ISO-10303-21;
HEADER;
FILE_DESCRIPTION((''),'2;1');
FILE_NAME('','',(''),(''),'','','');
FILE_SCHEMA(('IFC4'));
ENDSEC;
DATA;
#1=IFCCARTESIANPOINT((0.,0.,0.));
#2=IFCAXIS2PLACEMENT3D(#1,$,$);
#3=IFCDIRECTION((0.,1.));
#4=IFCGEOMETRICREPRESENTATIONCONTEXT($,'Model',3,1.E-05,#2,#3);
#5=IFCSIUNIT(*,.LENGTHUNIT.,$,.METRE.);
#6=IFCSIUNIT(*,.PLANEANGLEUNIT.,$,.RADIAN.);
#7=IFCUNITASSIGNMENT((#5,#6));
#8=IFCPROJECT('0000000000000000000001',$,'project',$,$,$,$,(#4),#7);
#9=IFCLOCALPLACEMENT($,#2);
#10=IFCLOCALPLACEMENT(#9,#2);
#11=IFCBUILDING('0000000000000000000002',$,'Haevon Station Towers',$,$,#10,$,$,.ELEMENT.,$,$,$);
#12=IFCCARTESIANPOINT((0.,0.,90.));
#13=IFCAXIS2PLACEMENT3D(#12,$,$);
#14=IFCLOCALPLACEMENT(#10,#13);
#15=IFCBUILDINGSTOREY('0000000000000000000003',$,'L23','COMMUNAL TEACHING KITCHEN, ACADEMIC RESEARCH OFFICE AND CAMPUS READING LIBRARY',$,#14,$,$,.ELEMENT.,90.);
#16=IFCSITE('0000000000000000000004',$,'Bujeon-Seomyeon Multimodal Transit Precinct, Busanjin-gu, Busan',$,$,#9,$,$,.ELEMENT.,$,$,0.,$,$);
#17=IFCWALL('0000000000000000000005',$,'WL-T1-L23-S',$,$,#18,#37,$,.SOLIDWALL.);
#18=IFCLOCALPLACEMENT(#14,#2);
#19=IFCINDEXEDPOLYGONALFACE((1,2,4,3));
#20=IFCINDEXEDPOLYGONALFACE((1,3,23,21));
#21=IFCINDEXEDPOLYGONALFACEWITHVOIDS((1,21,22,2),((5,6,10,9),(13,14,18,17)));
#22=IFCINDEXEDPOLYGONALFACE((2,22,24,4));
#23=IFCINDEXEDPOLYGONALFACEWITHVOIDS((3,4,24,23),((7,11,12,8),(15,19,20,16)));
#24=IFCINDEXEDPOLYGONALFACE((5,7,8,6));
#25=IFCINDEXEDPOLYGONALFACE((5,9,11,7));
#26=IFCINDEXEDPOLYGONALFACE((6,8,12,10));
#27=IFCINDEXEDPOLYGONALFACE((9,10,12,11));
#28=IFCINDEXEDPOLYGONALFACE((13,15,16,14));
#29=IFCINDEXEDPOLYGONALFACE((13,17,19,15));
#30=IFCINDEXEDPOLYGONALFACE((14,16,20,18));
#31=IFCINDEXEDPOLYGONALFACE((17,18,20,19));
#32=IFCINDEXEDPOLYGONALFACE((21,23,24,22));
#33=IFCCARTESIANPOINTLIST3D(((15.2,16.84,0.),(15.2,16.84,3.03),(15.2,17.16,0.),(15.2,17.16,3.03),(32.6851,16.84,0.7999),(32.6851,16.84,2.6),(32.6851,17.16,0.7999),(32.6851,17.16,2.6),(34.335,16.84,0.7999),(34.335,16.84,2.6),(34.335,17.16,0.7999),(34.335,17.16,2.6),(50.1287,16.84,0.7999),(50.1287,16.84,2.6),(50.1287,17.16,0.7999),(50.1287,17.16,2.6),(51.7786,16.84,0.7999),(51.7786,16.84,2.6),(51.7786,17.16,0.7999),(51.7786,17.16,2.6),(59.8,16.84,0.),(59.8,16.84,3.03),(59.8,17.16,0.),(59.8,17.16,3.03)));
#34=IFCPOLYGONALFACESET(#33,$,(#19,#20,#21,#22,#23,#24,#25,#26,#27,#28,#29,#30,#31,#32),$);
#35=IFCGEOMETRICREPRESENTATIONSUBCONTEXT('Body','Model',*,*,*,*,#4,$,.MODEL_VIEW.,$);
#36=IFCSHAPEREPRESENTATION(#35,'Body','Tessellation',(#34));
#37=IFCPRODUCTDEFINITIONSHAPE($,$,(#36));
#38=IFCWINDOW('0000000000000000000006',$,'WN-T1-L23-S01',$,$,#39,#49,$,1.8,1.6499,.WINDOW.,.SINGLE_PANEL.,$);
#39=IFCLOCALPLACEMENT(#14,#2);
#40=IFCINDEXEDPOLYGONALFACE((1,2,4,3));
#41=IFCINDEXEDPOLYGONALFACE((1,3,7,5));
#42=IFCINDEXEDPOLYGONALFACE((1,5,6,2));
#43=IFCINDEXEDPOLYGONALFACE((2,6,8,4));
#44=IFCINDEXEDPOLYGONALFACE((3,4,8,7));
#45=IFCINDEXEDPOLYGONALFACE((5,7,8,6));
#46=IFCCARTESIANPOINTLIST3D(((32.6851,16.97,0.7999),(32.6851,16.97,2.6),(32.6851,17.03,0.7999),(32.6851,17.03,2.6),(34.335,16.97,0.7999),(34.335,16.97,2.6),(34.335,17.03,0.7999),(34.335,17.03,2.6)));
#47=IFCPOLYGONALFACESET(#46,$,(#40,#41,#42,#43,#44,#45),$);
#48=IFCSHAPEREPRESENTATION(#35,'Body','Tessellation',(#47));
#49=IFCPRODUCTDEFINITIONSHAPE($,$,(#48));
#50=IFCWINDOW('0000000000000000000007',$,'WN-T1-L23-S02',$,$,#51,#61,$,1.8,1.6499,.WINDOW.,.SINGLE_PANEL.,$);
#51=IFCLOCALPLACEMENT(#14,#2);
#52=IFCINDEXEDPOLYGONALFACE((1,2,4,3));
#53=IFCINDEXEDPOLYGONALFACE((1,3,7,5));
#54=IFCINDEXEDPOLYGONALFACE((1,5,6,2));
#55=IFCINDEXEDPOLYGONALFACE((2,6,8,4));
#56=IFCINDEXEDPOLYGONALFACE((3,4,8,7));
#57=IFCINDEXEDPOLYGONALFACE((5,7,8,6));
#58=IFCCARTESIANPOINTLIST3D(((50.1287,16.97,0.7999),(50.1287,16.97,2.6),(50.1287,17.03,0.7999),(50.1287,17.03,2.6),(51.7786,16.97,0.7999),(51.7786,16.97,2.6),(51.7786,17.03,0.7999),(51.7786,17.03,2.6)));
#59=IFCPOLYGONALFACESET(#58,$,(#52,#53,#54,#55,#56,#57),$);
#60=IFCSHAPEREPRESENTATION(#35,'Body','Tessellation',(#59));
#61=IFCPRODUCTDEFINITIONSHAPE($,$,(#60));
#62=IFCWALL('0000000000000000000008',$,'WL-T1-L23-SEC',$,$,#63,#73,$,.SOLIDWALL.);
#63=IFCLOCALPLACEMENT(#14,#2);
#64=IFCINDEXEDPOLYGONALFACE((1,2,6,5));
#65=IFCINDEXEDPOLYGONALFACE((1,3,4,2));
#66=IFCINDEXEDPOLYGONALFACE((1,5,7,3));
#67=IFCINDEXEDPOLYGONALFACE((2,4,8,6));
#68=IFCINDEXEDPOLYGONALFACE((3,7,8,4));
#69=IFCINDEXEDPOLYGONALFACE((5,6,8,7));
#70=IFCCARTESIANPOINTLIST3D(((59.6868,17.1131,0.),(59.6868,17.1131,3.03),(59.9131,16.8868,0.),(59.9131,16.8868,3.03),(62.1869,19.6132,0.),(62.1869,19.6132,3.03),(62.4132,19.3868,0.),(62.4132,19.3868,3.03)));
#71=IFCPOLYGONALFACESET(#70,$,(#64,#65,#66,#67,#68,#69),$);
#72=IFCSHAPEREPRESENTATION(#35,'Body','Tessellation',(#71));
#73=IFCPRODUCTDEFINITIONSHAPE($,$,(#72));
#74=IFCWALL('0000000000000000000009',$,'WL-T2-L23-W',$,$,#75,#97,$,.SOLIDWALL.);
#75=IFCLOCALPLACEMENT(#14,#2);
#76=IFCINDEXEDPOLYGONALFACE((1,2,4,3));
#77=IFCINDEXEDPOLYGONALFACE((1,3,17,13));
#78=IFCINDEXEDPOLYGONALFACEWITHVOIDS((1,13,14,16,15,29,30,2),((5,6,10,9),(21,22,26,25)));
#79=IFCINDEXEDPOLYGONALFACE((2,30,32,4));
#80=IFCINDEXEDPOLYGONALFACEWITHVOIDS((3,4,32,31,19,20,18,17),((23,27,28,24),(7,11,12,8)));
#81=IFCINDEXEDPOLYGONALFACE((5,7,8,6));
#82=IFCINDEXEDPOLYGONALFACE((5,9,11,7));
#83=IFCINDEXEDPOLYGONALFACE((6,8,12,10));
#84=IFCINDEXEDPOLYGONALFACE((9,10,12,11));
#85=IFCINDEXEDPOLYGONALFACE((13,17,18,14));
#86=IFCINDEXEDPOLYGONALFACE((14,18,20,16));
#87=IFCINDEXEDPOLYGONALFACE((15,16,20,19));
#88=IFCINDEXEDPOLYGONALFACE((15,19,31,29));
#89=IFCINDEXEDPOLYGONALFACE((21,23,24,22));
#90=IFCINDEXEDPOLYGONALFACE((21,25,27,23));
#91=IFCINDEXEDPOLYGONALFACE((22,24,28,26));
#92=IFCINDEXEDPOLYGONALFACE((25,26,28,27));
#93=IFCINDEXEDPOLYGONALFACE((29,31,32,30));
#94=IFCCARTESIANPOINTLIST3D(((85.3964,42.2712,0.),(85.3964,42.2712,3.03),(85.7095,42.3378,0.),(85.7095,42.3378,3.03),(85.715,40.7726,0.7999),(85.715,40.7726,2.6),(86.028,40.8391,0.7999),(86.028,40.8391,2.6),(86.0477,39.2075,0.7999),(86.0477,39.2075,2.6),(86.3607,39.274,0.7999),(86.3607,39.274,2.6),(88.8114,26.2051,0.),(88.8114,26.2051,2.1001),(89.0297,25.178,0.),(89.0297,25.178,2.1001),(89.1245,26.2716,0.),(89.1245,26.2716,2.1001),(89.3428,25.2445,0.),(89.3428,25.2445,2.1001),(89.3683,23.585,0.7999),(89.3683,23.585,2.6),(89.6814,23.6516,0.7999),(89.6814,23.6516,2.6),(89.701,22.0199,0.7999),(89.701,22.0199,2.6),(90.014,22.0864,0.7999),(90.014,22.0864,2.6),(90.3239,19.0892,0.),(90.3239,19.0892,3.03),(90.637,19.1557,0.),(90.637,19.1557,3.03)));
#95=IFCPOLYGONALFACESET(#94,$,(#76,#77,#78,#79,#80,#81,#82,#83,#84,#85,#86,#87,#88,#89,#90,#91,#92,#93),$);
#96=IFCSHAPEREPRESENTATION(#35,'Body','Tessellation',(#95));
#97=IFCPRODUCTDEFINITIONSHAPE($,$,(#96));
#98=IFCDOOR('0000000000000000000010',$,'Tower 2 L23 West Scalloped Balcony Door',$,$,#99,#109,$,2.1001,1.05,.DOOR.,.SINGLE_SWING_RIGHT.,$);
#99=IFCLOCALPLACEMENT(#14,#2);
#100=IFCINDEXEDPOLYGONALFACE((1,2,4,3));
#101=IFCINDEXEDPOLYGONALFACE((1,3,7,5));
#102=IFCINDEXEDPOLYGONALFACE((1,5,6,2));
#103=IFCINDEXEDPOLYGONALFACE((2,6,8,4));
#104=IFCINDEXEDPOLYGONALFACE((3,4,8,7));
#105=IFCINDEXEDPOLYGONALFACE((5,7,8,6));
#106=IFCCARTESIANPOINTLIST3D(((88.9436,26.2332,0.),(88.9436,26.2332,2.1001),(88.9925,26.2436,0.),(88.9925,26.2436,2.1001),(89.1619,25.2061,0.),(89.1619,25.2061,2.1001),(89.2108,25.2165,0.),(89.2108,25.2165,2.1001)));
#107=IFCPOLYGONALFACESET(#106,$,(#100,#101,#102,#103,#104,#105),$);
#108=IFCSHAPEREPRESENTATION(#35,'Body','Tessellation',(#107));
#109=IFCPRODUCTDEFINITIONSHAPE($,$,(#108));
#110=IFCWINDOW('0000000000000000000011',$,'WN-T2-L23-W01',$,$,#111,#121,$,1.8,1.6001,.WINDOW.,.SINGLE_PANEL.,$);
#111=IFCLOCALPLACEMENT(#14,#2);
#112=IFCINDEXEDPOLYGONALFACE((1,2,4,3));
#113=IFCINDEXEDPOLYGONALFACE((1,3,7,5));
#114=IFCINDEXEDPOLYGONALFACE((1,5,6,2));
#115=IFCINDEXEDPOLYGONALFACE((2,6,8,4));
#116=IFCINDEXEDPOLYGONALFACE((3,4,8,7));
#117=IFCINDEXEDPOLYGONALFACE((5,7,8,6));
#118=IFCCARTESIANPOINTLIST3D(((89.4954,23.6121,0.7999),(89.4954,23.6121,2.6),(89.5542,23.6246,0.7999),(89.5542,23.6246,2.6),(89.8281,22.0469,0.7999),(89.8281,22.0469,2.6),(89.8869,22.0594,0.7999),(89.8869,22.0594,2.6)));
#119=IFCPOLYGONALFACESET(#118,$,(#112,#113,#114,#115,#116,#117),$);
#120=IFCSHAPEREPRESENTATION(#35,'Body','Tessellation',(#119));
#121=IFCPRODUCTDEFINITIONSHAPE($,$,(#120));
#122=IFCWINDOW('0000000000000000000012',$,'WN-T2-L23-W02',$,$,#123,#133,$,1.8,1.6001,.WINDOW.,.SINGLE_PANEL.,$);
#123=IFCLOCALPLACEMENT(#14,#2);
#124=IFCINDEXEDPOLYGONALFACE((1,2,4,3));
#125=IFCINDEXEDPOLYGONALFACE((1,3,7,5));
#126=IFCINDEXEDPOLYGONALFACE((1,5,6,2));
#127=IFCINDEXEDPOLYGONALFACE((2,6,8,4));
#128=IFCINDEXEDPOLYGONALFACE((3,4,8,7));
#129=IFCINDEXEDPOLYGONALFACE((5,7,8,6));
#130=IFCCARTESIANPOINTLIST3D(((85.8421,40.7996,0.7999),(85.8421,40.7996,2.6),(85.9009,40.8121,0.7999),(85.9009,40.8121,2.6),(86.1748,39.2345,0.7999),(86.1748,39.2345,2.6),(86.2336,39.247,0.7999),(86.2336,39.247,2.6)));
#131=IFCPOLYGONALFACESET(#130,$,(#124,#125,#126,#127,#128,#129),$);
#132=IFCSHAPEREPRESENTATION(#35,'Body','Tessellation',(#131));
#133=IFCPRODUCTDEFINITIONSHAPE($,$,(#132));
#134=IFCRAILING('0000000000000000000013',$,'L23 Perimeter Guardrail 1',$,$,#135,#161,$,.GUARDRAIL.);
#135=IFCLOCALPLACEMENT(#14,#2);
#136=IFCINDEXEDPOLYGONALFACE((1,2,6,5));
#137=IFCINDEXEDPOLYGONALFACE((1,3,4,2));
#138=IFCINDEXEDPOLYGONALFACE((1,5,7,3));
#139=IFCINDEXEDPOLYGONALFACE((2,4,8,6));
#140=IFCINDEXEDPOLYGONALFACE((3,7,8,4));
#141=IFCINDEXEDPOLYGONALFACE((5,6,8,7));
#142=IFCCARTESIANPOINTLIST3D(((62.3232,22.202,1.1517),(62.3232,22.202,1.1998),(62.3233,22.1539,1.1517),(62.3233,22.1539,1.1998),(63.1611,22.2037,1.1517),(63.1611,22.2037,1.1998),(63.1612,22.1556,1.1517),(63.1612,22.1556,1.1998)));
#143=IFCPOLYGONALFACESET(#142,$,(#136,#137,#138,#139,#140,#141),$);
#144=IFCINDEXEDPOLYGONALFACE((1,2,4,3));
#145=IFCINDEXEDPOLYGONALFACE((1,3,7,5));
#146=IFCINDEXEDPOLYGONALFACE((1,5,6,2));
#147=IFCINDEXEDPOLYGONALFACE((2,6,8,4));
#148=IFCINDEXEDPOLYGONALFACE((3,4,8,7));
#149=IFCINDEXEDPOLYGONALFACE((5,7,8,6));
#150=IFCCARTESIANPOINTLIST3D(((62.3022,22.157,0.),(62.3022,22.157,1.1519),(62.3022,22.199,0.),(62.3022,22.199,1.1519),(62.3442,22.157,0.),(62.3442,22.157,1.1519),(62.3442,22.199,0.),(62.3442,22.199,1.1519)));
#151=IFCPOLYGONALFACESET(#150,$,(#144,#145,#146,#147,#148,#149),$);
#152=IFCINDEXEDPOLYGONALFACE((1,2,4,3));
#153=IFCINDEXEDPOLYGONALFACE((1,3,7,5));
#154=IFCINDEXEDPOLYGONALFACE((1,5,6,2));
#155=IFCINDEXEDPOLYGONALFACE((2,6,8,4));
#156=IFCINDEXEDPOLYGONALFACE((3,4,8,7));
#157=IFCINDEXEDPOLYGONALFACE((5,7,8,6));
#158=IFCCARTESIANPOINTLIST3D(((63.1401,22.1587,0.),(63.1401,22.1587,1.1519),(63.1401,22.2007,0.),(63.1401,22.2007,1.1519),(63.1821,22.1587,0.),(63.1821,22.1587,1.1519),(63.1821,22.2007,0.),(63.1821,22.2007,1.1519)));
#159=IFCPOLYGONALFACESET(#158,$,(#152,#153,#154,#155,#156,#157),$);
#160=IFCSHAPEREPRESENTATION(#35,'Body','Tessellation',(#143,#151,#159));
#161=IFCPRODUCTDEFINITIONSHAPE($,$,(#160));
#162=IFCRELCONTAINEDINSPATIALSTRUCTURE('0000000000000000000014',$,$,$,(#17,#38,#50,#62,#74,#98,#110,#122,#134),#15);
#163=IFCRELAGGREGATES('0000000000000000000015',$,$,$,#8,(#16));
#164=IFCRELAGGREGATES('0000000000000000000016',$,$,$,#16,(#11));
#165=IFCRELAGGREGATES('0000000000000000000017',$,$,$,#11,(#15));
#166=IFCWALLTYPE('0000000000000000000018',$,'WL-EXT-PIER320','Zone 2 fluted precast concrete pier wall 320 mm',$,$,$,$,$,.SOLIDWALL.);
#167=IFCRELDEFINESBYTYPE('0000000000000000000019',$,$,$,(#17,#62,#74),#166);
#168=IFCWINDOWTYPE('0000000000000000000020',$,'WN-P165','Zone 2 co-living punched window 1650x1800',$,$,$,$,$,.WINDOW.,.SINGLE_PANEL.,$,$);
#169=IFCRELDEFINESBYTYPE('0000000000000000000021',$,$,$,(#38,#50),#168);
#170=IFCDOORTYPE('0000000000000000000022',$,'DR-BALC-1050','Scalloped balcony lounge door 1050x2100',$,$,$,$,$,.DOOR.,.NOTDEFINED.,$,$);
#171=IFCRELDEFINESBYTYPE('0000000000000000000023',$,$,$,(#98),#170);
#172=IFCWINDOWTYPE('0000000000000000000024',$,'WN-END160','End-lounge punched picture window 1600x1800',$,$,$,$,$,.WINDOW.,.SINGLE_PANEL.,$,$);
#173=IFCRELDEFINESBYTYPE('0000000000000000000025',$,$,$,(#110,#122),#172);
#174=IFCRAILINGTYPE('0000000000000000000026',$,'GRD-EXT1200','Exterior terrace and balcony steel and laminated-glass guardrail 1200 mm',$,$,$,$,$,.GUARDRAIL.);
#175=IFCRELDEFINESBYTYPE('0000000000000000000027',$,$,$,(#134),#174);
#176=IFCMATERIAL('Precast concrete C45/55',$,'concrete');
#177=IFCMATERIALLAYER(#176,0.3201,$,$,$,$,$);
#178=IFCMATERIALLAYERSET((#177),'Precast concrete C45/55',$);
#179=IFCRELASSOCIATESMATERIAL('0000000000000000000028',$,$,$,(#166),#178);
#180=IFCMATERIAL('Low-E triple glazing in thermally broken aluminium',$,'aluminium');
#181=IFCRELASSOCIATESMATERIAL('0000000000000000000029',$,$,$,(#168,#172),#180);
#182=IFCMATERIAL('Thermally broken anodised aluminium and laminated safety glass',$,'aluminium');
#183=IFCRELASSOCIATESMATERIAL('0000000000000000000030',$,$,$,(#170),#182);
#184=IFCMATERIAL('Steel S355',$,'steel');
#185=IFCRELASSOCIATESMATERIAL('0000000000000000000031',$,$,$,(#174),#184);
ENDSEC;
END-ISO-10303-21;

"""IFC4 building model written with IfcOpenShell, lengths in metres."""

from ifc_helpers import new_model, si_unit, direction, frame, frame_2d, origin, origin_2d, place, context, subcontext, project, spatial, rectangle, extrude, material, layer, layer_set, type_object, element, fill, save


model = new_model("IFC4")

# Units and contexts
model_context = context("Model", 3, precision=1e-05, world=origin(), true_north=direction((0.0, 1.0)))
body_context = subcontext(model_context, "Body", "Model", "MODEL_VIEW")
ifc_project = project(units=[si_unit("LENGTHUNIT", "METRE"), si_unit("PLANEANGLEUNIT", "RADIAN")], contexts=[model_context])

# Site, building, storey
site_placement = place(None, origin())
site = spatial("IfcSite", under=ifc_project, at=site_placement, Name="Bujeon-Seomyeon Multimodal Transit Precinct, Busanjin-gu, Busan", CompositionType="ELEMENT", RefElevation=0.0)
building_placement = place(site_placement, origin())
building = spatial("IfcBuilding", under=site, at=building_placement, Name="Haevon Station Towers", CompositionType="ELEMENT")
storey_placement = place(building_placement, frame((0.0, 0.0, 90.0)))
storey = spatial("IfcBuildingStorey", under=building, at=storey_placement, Name="L23", Description="COMMUNAL TEACHING KITCHEN, ACADEMIC RESEARCH OFFICE AND CAMPUS READING LIBRARY", CompositionType="ELEMENT", Elevation=90.0)

# Wall, openings, windows
ifc_material_1 = material(Name="Precast concrete C45/55", Category="concrete")
ifc_layer_1 = layer(ifc_material_1, 0.3201)
ifc_layer_set_1 = layer_set([ifc_layer_1], Name="Precast concrete C45/55")
wall_type = type_object("IfcWallType", Name="WL-EXT-PIER320", Description="Zone 2 fluted precast concrete pier wall 320 mm", PredefinedType="SOLIDWALL", material=ifc_layer_set_1)
wall_1_placement = place(storey_placement, frame((59.8, 17.0, 0.0), z_axis=(0.0, 0.0, 1.0), x_axis=(-1.0, 0.0, 0.0)))
wall_1 = element("IfcWall", 1, at=wall_1_placement, inside=storey, type_object=wall_type, Name="WL-T1-L23-S", PredefinedType="SOLIDWALL", context=body_context, shape_type="SweptSolid", body=[
    extrude(rectangle(XDim=44.6001, YDim=0.3201, at=frame_2d((22.3, 0.0))), origin(), (0.0, 0.0, 1.0), 3.03),
])
opening_1_placement = place(wall_1_placement, frame((25.4651, 0.0, 0.8)))
opening_1 = element("IfcOpeningElement", 2, at=opening_1_placement, cuts=wall_1, PredefinedType="OPENING", context=body_context, shape_type="SweptSolid", body=[
    extrude(rectangle(XDim=1.6499, YDim=1.8, at=frame_2d((0.825, 0.8999))), frame((0.0, 0.1699, 0.0), z_axis=(0.0, -1.0, 0.0), x_axis=(1.0, 0.0, 0.0)), (0.0, 0.0, 1.0), 0.3401),
])
opening_2_placement = place(wall_1_placement, frame((8.0215, 0.0, 0.8)))
opening_2 = element("IfcOpeningElement", 3, at=opening_2_placement, cuts=wall_1, PredefinedType="OPENING", context=body_context, shape_type="SweptSolid", body=[
    extrude(rectangle(XDim=1.6499, YDim=1.8, at=frame_2d((0.825, 0.8999))), frame((0.0, 0.1699, 0.0), z_axis=(0.0, -1.0, 0.0), x_axis=(1.0, 0.0, 0.0)), (0.0, 0.0, 1.0), 0.3401),
])
ifc_material_2 = material(Name="Low-E triple glazing in thermally broken aluminium", Category="aluminium")
window_type_1 = type_object("IfcWindowType", Name="WN-P165", Description="Zone 2 co-living punched window 1650x1800", PartitioningType="SINGLE_PANEL", PredefinedType="WINDOW", material=ifc_material_2)
window_1_placement = place(opening_1_placement, origin())
window_1 = element("IfcWindow", 4, at=window_1_placement, inside=storey, type_object=window_type_1, Name="WN-T1-L23-S01", OverallHeight=1.8, OverallWidth=1.6499, PartitioningType="SINGLE_PANEL", PredefinedType="WINDOW", context=body_context, shape_type="SweptSolid", body=[
    extrude(rectangle(XDim=1.6499, YDim=1.8, at=frame_2d((0.825, 0.8999))), frame((0.0, 0.03, 0.0), z_axis=(0.0, -1.0, 0.0), x_axis=(1.0, 0.0, 0.0)), (0.0, 0.0, 1.0), 0.0601),
])
fill(opening_1, window_1)
window_2_placement = place(opening_2_placement, origin())
window_2 = element("IfcWindow", 5, at=window_2_placement, inside=storey, type_object=window_type_1, Name="WN-T1-L23-S02", OverallHeight=1.8, OverallWidth=1.6499, PartitioningType="SINGLE_PANEL", PredefinedType="WINDOW", context=body_context, shape_type="SweptSolid", body=[
    extrude(rectangle(XDim=1.6499, YDim=1.8, at=frame_2d((0.825, 0.8999))), frame((0.0, 0.03, 0.0), z_axis=(0.0, -1.0, 0.0), x_axis=(1.0, 0.0, 0.0)), (0.0, 0.0, 1.0), 0.0601),
])
fill(opening_2, window_2)

# Wall
wall_2_placement = place(storey_placement, frame((62.3, 19.5, 0.0), z_axis=(0.0, 0.0, 1.0), x_axis=(-0.707107, -0.707107, 0.0)))
element("IfcWall", 6, at=wall_2_placement, inside=storey, type_object=wall_type, Name="WL-T1-L23-SEC", PredefinedType="SOLIDWALL", context=body_context, shape_type="SweptSolid", body=[
    extrude(rectangle(XDim=3.5356, YDim=0.3201, at=frame_2d((1.7678, 0.0))), origin(), (0.0, 0.0, 1.0), 3.03),
])

# Wall, openings, door, windows
wall_3_placement = place(storey_placement, frame((90.4805, 19.1223, 0.0), z_axis=(0.0, 0.0, 1.0), x_axis=(-0.207911, 0.978148, 0.0)))
wall_3 = element("IfcWall", 7, at=wall_3_placement, inside=storey, type_object=wall_type, Name="WL-T2-L23-W", PredefinedType="SOLIDWALL", context=body_context, shape_type="SweptSolid", body=[
    extrude(rectangle(XDim=23.7, YDim=0.3201, at=frame_2d((11.8501, 0.0))), origin(), (0.0, 0.0, 1.0), 3.03),
])
opening_3_placement = place(wall_3_placement, frame((6.2251, 0.0, 0.0)))
opening_3 = element("IfcOpeningElement", 8, at=opening_3_placement, cuts=wall_3, PredefinedType="OPENING", context=body_context, shape_type="SweptSolid", body=[
    extrude(rectangle(XDim=1.05, YDim=2.1001, at=frame_2d((0.5249, 1.05))), frame((0.0, 0.1699, 0.0), z_axis=(0.0, -1.0, 0.0), x_axis=(1.0, 0.0, 0.0)), (0.0, 0.0, 1.0), 0.3401),
])
opening_4_placement = place(wall_3_placement, frame((2.9963, 0.0, 0.8)))
opening_4 = element("IfcOpeningElement", 9, at=opening_4_placement, cuts=wall_3, PredefinedType="OPENING", context=body_context, shape_type="SweptSolid", body=[
    extrude(rectangle(XDim=1.6001, YDim=1.8, at=frame_2d((0.8, 0.8999))), frame((0.0, 0.1699, 0.0), z_axis=(0.0, -1.0, 0.0), x_axis=(1.0, 0.0, 0.0)), (0.0, 0.0, 1.0), 0.3401),
])
opening_5_placement = place(wall_3_placement, frame((20.5679, 0.0, 0.8)))
opening_5 = element("IfcOpeningElement", 10, at=opening_5_placement, cuts=wall_3, PredefinedType="OPENING", context=body_context, shape_type="SweptSolid", body=[
    extrude(rectangle(XDim=1.6001, YDim=1.8, at=frame_2d((0.8, 0.8999))), frame((0.0, 0.1699, 0.0), z_axis=(0.0, -1.0, 0.0), x_axis=(1.0, 0.0, 0.0)), (0.0, 0.0, 1.0), 0.3401),
])
ifc_material_3 = material(Name="Thermally broken anodised aluminium and laminated safety glass", Category="aluminium")
door_type = type_object("IfcDoorType", Name="DR-BALC-1050", Description="Scalloped balcony lounge door 1050x2100", OperationType="NOTDEFINED", PredefinedType="DOOR", material=ifc_material_3)
door_placement = place(opening_3_placement, origin())
door = element("IfcDoor", 11, at=door_placement, inside=storey, type_object=door_type, Name="Tower 2 L23 West Scalloped Balcony Door", OperationType="SINGLE_SWING_RIGHT", OverallHeight=2.1001, OverallWidth=1.05, PredefinedType="DOOR", context=body_context, shape_type="SweptSolid", body=[
    extrude(rectangle(XDim=1.05, YDim=2.1001, at=frame_2d((0.5249, 1.05))), frame((0.0, 0.0249, 0.0), z_axis=(0.0, -1.0, 0.0), x_axis=(1.0, 0.0, 0.0)), (0.0, 0.0, 1.0), 0.05),
])
fill(opening_3, door)
window_type_2 = type_object("IfcWindowType", Name="WN-END160", Description="End-lounge punched picture window 1600x1800", PartitioningType="SINGLE_PANEL", PredefinedType="WINDOW", material=ifc_material_2)
window_3_placement = place(opening_4_placement, origin())
window_3 = element("IfcWindow", 12, at=window_3_placement, inside=storey, type_object=window_type_2, Name="WN-T2-L23-W01", OverallHeight=1.8, OverallWidth=1.6001, PartitioningType="SINGLE_PANEL", PredefinedType="WINDOW", context=body_context, shape_type="SweptSolid", body=[
    extrude(rectangle(XDim=1.6001, YDim=1.8, at=frame_2d((0.8, 0.8999))), frame((0.0, 0.03, 0.0), z_axis=(0.0, -1.0, 0.0), x_axis=(1.0, 0.0, 0.0)), (0.0, 0.0, 1.0), 0.0601),
])
fill(opening_4, window_3)
window_4_placement = place(opening_5_placement, origin())
window_4 = element("IfcWindow", 13, at=window_4_placement, inside=storey, type_object=window_type_2, Name="WN-T2-L23-W02", OverallHeight=1.8, OverallWidth=1.6001, PartitioningType="SINGLE_PANEL", PredefinedType="WINDOW", context=body_context, shape_type="SweptSolid", body=[
    extrude(rectangle(XDim=1.6001, YDim=1.8, at=frame_2d((0.8, 0.8999))), frame((0.0, 0.03, 0.0), z_axis=(0.0, -1.0, 0.0), x_axis=(1.0, 0.0, 0.0)), (0.0, 0.0, 1.0), 0.0601),
])
fill(opening_5, window_4)

# Railing
ifc_material_4 = material(Name="Steel S355", Category="steel")
railing_type = type_object("IfcRailingType", Name="GRD-EXT1200", Description="Exterior terrace and balcony steel and laminated-glass guardrail 1200 mm", PredefinedType="GUARDRAIL", material=ifc_material_4)
railing_1_placement = place(storey_placement, frame((62.3232, 22.178, 0.0)))
element("IfcRailing", 14, at=railing_1_placement, inside=storey, type_object=railing_type, Name="L23 Perimeter Guardrail 1", PredefinedType="GUARDRAIL", context=body_context, shape_type="SweptSolid", body=[
    extrude(rectangle(XDim=0.0481, YDim=0.0481, at=origin_2d()), frame((0.0, 0.0, 1.1758), z_axis=(0.999998, 0.00204, 0.0), x_axis=(-0.00204, 0.999998, 0.0)), (0.0, 0.0, 1.0), 0.8379),
    extrude(rectangle(XDim=0.042, YDim=0.042, at=origin_2d()), origin(), (0.0, 0.0, 1.0), 1.1519),
    extrude(rectangle(XDim=0.042, YDim=0.042, at=origin_2d()), frame((0.8379, 0.0017, 0.0)), (0.0, 0.0, 1.0), 1.1519),
])

save(model, "model.ifc")
